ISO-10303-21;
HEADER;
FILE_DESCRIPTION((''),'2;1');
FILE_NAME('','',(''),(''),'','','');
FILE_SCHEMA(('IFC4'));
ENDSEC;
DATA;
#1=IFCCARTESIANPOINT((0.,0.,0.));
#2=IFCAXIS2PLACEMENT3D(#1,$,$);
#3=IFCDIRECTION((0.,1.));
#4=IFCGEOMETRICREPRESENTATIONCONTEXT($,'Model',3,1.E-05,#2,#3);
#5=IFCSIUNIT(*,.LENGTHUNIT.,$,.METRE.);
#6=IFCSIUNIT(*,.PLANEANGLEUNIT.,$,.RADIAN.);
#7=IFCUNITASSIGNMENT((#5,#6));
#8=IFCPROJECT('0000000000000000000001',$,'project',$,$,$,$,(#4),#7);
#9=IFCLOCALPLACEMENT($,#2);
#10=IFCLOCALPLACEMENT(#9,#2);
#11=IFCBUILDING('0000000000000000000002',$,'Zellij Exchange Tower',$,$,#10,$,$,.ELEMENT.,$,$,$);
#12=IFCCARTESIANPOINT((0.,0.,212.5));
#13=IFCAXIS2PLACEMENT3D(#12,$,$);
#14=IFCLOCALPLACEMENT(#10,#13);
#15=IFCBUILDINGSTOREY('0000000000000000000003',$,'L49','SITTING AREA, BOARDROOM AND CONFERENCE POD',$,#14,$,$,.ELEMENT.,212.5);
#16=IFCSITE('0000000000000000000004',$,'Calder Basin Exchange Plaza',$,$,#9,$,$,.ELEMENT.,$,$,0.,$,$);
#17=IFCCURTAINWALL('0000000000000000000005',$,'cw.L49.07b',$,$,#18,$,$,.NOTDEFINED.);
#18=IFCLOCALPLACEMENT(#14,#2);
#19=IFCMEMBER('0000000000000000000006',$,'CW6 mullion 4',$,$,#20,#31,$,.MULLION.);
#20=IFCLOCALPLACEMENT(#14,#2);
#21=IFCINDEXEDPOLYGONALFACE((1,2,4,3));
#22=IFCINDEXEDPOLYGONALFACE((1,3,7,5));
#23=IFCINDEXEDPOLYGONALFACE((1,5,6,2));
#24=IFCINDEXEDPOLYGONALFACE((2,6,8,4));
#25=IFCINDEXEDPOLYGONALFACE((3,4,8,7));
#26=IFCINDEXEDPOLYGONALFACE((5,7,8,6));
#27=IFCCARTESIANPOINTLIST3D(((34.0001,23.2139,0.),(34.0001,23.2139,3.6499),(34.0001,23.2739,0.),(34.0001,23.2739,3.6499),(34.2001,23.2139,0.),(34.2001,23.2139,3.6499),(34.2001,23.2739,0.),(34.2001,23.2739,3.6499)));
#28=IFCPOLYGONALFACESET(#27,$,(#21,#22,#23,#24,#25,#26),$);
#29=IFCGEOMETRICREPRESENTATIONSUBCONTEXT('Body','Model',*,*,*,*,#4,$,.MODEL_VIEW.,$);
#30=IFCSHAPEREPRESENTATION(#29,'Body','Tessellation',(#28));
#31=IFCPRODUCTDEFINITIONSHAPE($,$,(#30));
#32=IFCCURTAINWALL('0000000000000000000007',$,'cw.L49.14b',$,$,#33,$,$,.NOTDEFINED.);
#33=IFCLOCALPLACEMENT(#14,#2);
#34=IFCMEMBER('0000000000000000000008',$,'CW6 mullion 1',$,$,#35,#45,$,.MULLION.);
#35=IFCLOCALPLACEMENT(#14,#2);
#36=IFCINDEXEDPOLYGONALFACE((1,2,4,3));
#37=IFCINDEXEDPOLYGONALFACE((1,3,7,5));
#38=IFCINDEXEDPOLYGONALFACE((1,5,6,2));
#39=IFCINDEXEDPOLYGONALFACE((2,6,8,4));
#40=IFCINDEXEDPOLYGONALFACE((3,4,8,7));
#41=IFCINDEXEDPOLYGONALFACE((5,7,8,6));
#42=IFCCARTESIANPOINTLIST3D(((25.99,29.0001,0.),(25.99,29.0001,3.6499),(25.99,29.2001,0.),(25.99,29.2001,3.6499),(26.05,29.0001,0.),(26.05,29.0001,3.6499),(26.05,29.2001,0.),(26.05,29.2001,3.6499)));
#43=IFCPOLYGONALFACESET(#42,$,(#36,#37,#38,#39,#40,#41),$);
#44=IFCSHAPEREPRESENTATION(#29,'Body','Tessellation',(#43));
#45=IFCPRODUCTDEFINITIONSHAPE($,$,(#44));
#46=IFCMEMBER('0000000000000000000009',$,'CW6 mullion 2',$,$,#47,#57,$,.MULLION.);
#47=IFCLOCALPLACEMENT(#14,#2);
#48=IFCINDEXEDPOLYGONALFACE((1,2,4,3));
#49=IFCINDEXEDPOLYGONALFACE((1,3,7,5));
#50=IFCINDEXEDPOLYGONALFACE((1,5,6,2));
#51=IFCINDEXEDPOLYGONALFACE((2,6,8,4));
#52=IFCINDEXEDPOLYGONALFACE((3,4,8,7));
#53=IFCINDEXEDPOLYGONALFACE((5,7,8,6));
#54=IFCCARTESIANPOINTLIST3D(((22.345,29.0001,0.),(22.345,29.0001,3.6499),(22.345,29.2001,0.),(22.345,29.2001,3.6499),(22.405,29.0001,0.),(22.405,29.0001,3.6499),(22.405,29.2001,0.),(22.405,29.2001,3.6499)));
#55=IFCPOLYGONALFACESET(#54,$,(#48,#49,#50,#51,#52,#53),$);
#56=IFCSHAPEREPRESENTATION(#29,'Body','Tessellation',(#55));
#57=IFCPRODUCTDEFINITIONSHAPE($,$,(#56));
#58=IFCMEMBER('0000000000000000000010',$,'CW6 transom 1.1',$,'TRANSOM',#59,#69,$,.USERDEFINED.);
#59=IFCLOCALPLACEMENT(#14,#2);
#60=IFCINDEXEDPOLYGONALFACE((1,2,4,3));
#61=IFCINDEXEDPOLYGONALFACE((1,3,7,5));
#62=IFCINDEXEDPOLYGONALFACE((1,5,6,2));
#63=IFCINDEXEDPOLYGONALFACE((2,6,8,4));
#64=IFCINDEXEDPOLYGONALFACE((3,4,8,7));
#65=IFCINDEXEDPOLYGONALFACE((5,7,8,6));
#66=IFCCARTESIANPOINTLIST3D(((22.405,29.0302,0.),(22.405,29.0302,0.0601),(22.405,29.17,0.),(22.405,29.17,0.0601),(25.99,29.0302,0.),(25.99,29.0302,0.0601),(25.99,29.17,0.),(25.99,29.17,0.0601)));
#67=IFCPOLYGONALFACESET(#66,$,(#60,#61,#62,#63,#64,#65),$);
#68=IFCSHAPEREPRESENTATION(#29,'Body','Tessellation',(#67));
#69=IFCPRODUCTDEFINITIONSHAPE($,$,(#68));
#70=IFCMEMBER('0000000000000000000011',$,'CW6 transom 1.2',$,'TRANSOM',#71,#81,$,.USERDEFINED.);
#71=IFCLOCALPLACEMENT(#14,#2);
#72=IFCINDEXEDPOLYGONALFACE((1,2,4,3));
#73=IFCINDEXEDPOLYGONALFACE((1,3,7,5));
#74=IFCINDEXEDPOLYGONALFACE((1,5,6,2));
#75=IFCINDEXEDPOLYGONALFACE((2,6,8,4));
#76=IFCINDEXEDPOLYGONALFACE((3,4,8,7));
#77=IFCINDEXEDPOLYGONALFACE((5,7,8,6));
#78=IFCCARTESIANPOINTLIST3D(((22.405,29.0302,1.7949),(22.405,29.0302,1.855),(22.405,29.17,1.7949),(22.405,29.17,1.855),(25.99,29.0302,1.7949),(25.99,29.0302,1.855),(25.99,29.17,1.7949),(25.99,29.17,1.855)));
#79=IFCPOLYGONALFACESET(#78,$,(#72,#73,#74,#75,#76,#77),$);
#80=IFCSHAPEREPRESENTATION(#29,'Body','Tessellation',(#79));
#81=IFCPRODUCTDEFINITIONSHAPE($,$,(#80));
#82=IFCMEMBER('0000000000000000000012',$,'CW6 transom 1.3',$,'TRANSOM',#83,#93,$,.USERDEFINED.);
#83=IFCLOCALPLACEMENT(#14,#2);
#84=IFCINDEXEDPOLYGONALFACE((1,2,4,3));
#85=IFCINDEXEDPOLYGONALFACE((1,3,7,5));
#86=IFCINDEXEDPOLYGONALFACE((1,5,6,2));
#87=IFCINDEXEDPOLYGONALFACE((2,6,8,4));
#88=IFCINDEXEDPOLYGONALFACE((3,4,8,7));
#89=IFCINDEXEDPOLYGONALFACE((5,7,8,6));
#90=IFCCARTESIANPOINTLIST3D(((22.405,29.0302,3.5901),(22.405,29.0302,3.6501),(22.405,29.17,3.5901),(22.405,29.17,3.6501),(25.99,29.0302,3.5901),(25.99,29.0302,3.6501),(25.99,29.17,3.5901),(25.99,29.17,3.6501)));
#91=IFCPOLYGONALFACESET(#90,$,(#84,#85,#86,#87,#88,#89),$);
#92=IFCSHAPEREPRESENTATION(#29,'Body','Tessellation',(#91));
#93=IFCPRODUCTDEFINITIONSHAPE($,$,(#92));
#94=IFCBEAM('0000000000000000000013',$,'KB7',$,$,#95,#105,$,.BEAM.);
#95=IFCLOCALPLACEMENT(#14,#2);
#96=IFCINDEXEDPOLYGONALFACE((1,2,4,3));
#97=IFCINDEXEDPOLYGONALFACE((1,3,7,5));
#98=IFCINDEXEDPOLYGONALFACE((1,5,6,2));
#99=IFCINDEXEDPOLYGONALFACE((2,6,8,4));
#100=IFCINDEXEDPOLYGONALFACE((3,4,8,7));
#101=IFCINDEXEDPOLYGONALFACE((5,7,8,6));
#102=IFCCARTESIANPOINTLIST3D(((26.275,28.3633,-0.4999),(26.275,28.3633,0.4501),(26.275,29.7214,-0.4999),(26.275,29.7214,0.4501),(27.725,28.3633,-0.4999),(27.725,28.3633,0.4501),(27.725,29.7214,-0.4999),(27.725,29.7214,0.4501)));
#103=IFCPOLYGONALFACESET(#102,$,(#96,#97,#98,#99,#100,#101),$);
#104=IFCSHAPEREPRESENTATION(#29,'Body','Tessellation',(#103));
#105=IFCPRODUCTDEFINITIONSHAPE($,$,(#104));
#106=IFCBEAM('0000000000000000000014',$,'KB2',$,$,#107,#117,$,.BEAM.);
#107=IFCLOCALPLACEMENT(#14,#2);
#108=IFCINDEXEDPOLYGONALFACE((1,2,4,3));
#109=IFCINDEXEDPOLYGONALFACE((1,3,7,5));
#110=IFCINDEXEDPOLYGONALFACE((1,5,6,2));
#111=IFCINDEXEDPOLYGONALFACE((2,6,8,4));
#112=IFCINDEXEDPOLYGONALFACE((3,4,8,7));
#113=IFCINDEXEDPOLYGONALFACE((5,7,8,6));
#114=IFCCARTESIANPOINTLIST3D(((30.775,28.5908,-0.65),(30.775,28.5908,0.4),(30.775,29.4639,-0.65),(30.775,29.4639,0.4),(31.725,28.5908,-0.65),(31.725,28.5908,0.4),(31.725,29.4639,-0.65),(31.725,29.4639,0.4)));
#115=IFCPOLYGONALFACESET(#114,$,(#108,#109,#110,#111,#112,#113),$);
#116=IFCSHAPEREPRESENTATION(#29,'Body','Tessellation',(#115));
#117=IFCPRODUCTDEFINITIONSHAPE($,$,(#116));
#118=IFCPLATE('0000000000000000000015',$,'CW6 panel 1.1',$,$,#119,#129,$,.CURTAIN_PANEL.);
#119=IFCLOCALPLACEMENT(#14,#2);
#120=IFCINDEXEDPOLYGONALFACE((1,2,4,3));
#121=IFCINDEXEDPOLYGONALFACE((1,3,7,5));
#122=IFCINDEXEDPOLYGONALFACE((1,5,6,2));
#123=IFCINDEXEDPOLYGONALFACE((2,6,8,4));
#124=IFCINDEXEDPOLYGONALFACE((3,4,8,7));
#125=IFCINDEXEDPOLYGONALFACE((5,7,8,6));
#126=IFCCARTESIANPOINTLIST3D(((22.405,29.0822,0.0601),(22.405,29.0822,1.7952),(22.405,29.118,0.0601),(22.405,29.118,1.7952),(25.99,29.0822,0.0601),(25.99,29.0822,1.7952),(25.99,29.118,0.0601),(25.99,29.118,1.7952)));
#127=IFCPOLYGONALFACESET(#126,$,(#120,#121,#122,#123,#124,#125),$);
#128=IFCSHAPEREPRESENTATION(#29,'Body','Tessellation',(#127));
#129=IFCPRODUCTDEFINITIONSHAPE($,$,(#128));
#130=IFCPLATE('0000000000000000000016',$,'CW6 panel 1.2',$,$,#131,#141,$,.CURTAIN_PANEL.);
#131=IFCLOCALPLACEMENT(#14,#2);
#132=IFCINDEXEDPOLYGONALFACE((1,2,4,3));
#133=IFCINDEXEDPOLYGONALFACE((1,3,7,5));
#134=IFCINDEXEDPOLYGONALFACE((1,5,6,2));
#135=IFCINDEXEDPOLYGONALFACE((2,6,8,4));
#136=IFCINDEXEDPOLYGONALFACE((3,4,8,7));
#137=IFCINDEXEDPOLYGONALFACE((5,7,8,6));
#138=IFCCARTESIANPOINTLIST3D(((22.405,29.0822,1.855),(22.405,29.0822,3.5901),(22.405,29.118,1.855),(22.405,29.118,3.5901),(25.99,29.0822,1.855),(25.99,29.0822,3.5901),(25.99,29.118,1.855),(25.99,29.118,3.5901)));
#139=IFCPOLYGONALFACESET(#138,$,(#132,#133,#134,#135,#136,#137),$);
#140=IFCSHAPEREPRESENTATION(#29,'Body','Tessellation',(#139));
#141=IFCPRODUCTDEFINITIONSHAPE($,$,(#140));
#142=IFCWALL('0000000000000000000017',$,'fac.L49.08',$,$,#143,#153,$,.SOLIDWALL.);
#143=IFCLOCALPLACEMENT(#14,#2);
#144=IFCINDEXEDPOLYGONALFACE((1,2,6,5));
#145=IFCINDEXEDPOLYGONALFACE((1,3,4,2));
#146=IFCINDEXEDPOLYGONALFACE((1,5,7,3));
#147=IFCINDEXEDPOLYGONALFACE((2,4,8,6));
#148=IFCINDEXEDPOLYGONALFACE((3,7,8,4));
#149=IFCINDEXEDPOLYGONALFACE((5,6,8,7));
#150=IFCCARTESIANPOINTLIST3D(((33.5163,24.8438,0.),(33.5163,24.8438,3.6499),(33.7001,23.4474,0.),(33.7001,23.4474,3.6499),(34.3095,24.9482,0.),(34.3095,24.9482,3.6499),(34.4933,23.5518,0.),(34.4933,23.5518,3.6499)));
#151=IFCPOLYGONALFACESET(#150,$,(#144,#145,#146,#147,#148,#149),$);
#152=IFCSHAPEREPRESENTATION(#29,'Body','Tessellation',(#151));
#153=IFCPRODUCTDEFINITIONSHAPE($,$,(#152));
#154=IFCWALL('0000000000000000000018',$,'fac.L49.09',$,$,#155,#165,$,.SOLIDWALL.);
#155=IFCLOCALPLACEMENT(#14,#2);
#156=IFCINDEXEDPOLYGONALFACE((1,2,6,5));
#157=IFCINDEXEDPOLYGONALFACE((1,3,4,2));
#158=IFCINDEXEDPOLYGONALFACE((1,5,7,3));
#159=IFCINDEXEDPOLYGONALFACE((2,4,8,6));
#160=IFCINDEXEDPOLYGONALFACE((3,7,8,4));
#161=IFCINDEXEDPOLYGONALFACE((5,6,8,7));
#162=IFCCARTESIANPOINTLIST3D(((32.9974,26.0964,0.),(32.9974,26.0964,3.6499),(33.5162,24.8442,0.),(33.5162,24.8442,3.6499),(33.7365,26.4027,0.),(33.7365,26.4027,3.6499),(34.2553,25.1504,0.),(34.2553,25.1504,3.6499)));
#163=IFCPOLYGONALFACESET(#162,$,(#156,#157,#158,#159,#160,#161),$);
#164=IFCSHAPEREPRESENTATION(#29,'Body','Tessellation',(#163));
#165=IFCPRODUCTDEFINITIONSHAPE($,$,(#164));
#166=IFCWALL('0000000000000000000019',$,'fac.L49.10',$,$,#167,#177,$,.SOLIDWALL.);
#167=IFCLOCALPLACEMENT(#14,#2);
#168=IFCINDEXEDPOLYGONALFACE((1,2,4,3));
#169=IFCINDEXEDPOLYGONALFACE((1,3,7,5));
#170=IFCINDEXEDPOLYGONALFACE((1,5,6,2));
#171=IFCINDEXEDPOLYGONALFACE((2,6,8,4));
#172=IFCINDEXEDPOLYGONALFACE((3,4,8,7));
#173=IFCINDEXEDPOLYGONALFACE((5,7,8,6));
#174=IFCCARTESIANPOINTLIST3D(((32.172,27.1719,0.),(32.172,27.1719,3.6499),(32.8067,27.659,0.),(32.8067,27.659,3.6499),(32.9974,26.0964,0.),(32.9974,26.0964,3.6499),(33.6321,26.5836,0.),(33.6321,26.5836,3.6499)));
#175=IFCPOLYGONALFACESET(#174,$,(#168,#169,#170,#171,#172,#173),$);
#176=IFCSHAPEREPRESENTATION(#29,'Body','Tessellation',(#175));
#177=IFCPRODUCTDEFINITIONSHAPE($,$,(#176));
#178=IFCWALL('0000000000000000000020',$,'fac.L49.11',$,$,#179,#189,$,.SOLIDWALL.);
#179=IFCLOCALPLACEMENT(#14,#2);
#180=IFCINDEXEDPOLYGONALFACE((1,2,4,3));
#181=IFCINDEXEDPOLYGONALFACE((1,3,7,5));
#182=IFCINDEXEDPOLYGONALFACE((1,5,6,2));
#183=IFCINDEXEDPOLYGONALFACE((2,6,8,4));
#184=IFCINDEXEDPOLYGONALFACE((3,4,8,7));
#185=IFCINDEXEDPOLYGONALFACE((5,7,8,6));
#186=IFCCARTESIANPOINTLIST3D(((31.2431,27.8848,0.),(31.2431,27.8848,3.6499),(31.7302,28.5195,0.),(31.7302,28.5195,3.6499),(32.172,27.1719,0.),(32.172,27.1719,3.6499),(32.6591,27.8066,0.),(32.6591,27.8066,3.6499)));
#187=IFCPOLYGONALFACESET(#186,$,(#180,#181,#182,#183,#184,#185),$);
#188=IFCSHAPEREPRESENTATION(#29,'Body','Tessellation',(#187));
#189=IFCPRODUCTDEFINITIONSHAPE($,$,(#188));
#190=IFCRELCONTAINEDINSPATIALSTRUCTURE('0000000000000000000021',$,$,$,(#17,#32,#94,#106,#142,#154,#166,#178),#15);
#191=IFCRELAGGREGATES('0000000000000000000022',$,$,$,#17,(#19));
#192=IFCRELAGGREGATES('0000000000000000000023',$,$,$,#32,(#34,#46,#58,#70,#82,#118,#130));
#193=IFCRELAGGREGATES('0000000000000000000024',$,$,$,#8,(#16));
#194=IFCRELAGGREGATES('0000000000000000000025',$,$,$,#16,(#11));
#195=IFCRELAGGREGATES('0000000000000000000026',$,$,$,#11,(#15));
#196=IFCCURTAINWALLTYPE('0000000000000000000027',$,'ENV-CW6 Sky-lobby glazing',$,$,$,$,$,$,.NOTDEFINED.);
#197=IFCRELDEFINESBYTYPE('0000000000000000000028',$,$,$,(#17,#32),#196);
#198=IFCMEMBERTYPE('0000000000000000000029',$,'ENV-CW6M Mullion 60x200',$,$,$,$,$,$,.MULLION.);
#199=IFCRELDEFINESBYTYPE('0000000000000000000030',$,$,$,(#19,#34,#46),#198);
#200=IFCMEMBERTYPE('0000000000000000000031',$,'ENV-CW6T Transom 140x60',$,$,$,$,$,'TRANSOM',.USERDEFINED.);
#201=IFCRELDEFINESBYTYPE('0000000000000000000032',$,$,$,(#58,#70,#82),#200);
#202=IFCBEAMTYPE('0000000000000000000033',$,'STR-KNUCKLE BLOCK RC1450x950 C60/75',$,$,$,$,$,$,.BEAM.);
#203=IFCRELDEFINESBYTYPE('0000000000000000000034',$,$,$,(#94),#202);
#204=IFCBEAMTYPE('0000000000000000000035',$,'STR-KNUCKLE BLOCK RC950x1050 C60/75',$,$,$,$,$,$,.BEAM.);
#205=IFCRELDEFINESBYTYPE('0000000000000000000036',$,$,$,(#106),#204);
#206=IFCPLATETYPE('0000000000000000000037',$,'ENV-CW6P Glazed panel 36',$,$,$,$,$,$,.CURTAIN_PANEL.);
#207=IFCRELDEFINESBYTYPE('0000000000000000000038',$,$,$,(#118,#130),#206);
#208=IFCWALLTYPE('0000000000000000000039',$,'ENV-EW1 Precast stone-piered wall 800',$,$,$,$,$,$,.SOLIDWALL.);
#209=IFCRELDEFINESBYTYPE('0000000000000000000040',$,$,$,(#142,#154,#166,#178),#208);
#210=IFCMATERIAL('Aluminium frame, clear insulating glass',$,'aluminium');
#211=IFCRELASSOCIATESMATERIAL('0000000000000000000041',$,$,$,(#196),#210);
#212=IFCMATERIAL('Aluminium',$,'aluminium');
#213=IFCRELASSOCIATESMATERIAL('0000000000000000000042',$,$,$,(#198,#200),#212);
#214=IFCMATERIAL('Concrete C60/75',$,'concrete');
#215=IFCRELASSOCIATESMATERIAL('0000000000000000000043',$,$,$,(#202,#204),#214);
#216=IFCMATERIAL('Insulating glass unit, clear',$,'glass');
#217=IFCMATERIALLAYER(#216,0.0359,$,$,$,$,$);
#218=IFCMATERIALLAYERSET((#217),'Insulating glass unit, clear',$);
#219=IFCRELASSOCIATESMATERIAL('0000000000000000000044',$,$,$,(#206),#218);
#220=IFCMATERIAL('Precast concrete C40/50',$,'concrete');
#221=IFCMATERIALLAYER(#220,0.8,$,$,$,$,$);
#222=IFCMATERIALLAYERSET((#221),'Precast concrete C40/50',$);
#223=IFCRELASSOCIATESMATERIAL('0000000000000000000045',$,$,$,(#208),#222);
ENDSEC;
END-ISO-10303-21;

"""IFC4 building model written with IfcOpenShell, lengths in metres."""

from ifc_helpers import new_model, si_unit, direction, frame, frame_2d, origin, origin_2d, place, context, subcontext, project, spatial, rectangle, extrude, material, layer, layer_set, material_profile, profile_set, type_object, element, aggregate, save


model = new_model("IFC4")

# Units and contexts
model_context = context("Model", 3, precision=1e-05, world=origin(), true_north=direction((0.0, 1.0)))
body_context = subcontext(model_context, "Body", "Model", "MODEL_VIEW")
ifc_project = project(units=[si_unit("LENGTHUNIT", "METRE"), si_unit("PLANEANGLEUNIT", "RADIAN")], contexts=[model_context])

# Site, building, storey
site_placement = place(None, origin())
site = spatial("IfcSite", under=ifc_project, at=site_placement, Name="Calder Basin Exchange Plaza", CompositionType="ELEMENT", RefElevation=0.0)
building_placement = place(site_placement, origin())
building = spatial("IfcBuilding", under=site, at=building_placement, Name="Zellij Exchange Tower", CompositionType="ELEMENT")
storey_placement = place(building_placement, frame((0.0, 0.0, 212.5)))
storey = spatial("IfcBuildingStorey", under=building, at=storey_placement, Name="L49", Description="SITTING AREA, BOARDROOM AND CONFERENCE POD", CompositionType="ELEMENT", Elevation=212.5)

# Shared definitions
ifc_material_1 = material(Name="Concrete C60/75", Category="concrete")

# Curtain wall, member
ifc_material_2 = material(Name="Aluminium frame, clear insulating glass", Category="aluminium")
curtain_wall_type = type_object("IfcCurtainWallType", Name="ENV-CW6 Sky-lobby glazing", PredefinedType="NOTDEFINED", material=ifc_material_2)
curtain_wall_1_placement = place(storey_placement, origin())
curtain_wall_1 = element("IfcCurtainWall", 1, at=curtain_wall_1_placement, inside=storey, type_object=curtain_wall_type, Name="cw.L49.07b", PredefinedType="NOTDEFINED")
ifc_material_3 = material(Name="Aluminium", Category="aluminium")
ifc_material_profile_1 = material_profile(ifc_material_3, rectangle(XDim=0.0601, YDim=0.2, at=origin_2d()), Name="AL 60x200")
ifc_profile_set_1 = profile_set([ifc_material_profile_1], Name="Aluminium")
member_type_1 = type_object("IfcMemberType", Name="ENV-CW6M Mullion 60x200", PredefinedType="MULLION", material=ifc_profile_set_1)
member_1_placement = place(storey_placement, frame((34.1001, 23.2439, 0.0), z_axis=(0.0, 0.0, 1.0), x_axis=(0.0, 1.0, 0.0)))
member_1 = element("IfcMember", 2, at=member_1_placement, type_object=member_type_1, Name="CW6 mullion 4", PredefinedType="MULLION", context=body_context, shape_type="SweptSolid", body=[
    extrude(rectangle(XDim=0.0601, YDim=0.2, at=origin_2d()), origin(), (0.0, 0.0, 1.0), 3.6499),
])
aggregate(curtain_wall_1, [member_1])

# Curtain wall, members
curtain_wall_2_placement = place(storey_placement, origin())
curtain_wall_2 = element("IfcCurtainWall", 3, at=curtain_wall_2_placement, inside=storey, type_object=curtain_wall_type, Name="cw.L49.14b", PredefinedType="NOTDEFINED")
member_2_placement = place(storey_placement, frame((26.02, 29.1001, 0.0), z_axis=(0.0, 0.0, 1.0), x_axis=(-1.0, 0.0, 0.0)))
member_2 = element("IfcMember", 4, at=member_2_placement, type_object=member_type_1, Name="CW6 mullion 1", PredefinedType="MULLION", context=body_context, shape_type="SweptSolid", body=[
    extrude(rectangle(XDim=0.0601, YDim=0.2, at=origin_2d()), origin(), (0.0, 0.0, 1.0), 3.6499),
])
member_3_placement = place(storey_placement, frame((22.375, 29.1001, 0.0), z_axis=(0.0, 0.0, 1.0), x_axis=(-1.0, 0.0, 0.0)))
member_3 = element("IfcMember", 5, at=member_3_placement, type_object=member_type_1, Name="CW6 mullion 2", PredefinedType="MULLION", context=body_context, shape_type="SweptSolid", body=[
    extrude(rectangle(XDim=0.0601, YDim=0.2, at=origin_2d()), origin(), (0.0, 0.0, 1.0), 3.6499),
])
ifc_material_profile_2 = material_profile(ifc_material_3, rectangle(XDim=0.1399, YDim=0.0601, at=origin_2d()), Name="AL 140x60")
ifc_profile_set_2 = profile_set([ifc_material_profile_2], Name="Aluminium")
member_type_2 = type_object("IfcMemberType", Name="ENV-CW6T Transom 140x60", ElementType="TRANSOM", PredefinedType="USERDEFINED", material=ifc_profile_set_2)
member_4_placement = place(storey_placement, frame((25.99, 29.1001, 0.03), z_axis=(-1.0, 0.0, 0.0), x_axis=(0.0, -1.0, 0.0)))
member_4 = element("IfcMember", 6, at=member_4_placement, type_object=member_type_2, Name="CW6 transom 1.1", ObjectType="TRANSOM", PredefinedType="USERDEFINED", context=body_context, shape_type="SweptSolid", body=[
    extrude(rectangle(XDim=0.1399, YDim=0.0601, at=origin_2d()), origin(), (0.0, 0.0, 1.0), 3.585),
])
member_5_placement = place(storey_placement, frame((25.99, 29.1001, 1.825), z_axis=(-1.0, 0.0, 0.0), x_axis=(0.0, -1.0, 0.0)))
member_5 = element("IfcMember", 7, at=member_5_placement, type_object=member_type_2, Name="CW6 transom 1.2", ObjectType="TRANSOM", PredefinedType="USERDEFINED", context=body_context, shape_type="SweptSolid", body=[
    extrude(rectangle(XDim=0.1399, YDim=0.0601, at=origin_2d()), origin(), (0.0, 0.0, 1.0), 3.585),
])
member_6_placement = place(storey_placement, frame((25.99, 29.1001, 3.6201), z_axis=(-1.0, 0.0, 0.0), x_axis=(0.0, -1.0, 0.0)))
member_6 = element("IfcMember", 8, at=member_6_placement, type_object=member_type_2, Name="CW6 transom 1.3", ObjectType="TRANSOM", PredefinedType="USERDEFINED", context=body_context, shape_type="SweptSolid", body=[
    extrude(rectangle(XDim=0.1399, YDim=0.0601, at=origin_2d()), origin(), (0.0, 0.0, 1.0), 3.585),
])

# Beams
ifc_material_profile_3 = material_profile(ifc_material_1, rectangle(XDim=1.45, YDim=0.95, at=origin_2d()), Name="STR-KNUCKLE BLOCK RC1450x950 C60/75")
ifc_profile_set_3 = profile_set([ifc_material_profile_3], Name="Concrete C60/75")
beam_type_1 = type_object("IfcBeamType", Name="STR-KNUCKLE BLOCK RC1450x950 C60/75", PredefinedType="BEAM", material=ifc_profile_set_3)
beam_1_placement = place(storey_placement, frame((27.0, 28.3633, -0.0249), z_axis=(0.0, 1.0, 0.0), x_axis=(-1.0, 0.0, 0.0)))
element("IfcBeam", 9, at=beam_1_placement, inside=storey, type_object=beam_type_1, Name="KB7", PredefinedType="BEAM", context=body_context, shape_type="SweptSolid", body=[
    extrude(rectangle(XDim=1.45, YDim=0.95, at=origin_2d()), origin(), (0.0, 0.0, 1.0), 1.3582),
])
ifc_material_profile_4 = material_profile(ifc_material_1, rectangle(XDim=0.95, YDim=1.05, at=origin_2d()), Name="STR-KNUCKLE BLOCK RC950x1050 C60/75")
ifc_profile_set_4 = profile_set([ifc_material_profile_4], Name="Concrete C60/75")
beam_type_2 = type_object("IfcBeamType", Name="STR-KNUCKLE BLOCK RC950x1050 C60/75", PredefinedType="BEAM", material=ifc_profile_set_4)
beam_2_placement = place(storey_placement, frame((31.25, 28.5908, -0.125), z_axis=(0.0, 1.0, 0.0), x_axis=(-1.0, 0.0, 0.0)))
element("IfcBeam", 10, at=beam_2_placement, inside=storey, type_object=beam_type_2, Name="KB2", PredefinedType="BEAM", context=body_context, shape_type="SweptSolid", body=[
    extrude(rectangle(XDim=0.95, YDim=1.05, at=origin_2d()), origin(), (0.0, 0.0, 1.0), 0.873),
])

# Plates
ifc_material_4 = material(Name="Insulating glass unit, clear", Category="glass")
ifc_layer_1 = layer(ifc_material_4, 0.0359)
ifc_layer_set_1 = layer_set([ifc_layer_1], Name="Insulating glass unit, clear")
plate_type = type_object("IfcPlateType", Name="ENV-CW6P Glazed panel 36", PredefinedType="CURTAIN_PANEL", material=ifc_layer_set_1)
plate_1_placement = place(storey_placement, frame((24.1975, 29.1001, 0.0601), z_axis=(0.0, 0.0, 1.0), x_axis=(-1.0, 0.0, 0.0)))
plate_1 = element("IfcPlate", 11, at=plate_1_placement, type_object=plate_type, Name="CW6 panel 1.1", PredefinedType="CURTAIN_PANEL", context=body_context, shape_type="SweptSolid", body=[
    extrude(rectangle(XDim=3.585, YDim=0.0359, at=origin_2d()), origin(), (0.0, 0.0, 1.0), 1.7351),
])
plate_2_placement = place(storey_placement, frame((24.1975, 29.1001, 1.855), z_axis=(0.0, 0.0, 1.0), x_axis=(-1.0, 0.0, 0.0)))
plate_2 = element("IfcPlate", 12, at=plate_2_placement, type_object=plate_type, Name="CW6 panel 1.2", PredefinedType="CURTAIN_PANEL", context=body_context, shape_type="SweptSolid", body=[
    extrude(rectangle(XDim=3.585, YDim=0.0359, at=origin_2d()), origin(), (0.0, 0.0, 1.0), 1.7351),
])
aggregate(curtain_wall_2, [member_2, member_3, member_4, member_5, member_6, plate_1, plate_2])

# Walls
ifc_material_5 = material(Name="Precast concrete C40/50", Category="concrete")
ifc_layer_2 = layer(ifc_material_5, 0.8)
ifc_layer_set_2 = layer_set([ifc_layer_2], Name="Precast concrete C40/50")
wall_type_1 = type_object("IfcWallType", Name="ENV-EW1 Precast stone-piered wall 800", PredefinedType="SOLIDWALL", material=ifc_layer_set_2)
wall_1_placement = place(storey_placement, frame((34.0967, 23.4998, 0.0), z_axis=(0.0, 0.0, 1.0), x_axis=(-0.130517, 0.991446, 0.0)))
element("IfcWall", 13, at=wall_1_placement, inside=storey, type_object=wall_type_1, Name="fac.L49.08", PredefinedType="SOLIDWALL", context=body_context, shape_type="SweptSolid", body=[
    extrude(rectangle(XDim=1.4084, YDim=0.8, at=frame_2d((0.7041, 0.0))), origin(), (0.0, 0.0, 1.0), 3.6499),
])
wall_2_placement = place(storey_placement, frame((33.8857, 24.9973, 0.0), z_axis=(0.0, 0.0, 1.0), x_axis=(-0.38276, 0.923848, 0.0)))
element("IfcWall", 14, at=wall_2_placement, inside=storey, type_object=wall_type_1, Name="fac.L49.09", PredefinedType="SOLIDWALL", context=body_context, shape_type="SweptSolid", body=[
    extrude(rectangle(XDim=1.3555, YDim=0.8, at=frame_2d((0.6777, 0.0))), origin(), (0.0, 0.0, 1.0), 3.6499),
])
wall_3_placement = place(storey_placement, frame((33.3147, 26.3401, 0.0), z_axis=(0.0, 0.0, 1.0), x_axis=(-0.608866, 0.793273, 0.0)))
element("IfcWall", 15, at=wall_3_placement, inside=storey, type_object=wall_type_1, Name="fac.L49.10", PredefinedType="SOLIDWALL", context=body_context, shape_type="SweptSolid", body=[
    extrude(rectangle(XDim=1.3557, YDim=0.8, at=frame_2d((0.6777, 0.0))), origin(), (0.0, 0.0, 1.0), 3.6499),
])
wall_4_placement = place(storey_placement, frame((32.4155, 27.4893, 0.0), z_axis=(0.0, 0.0, 1.0), x_axis=(-0.793321, 0.608804, 0.0)))
element("IfcWall", 16, at=wall_4_placement, inside=storey, type_object=wall_type_1, Name="fac.L49.11", PredefinedType="SOLIDWALL", context=body_context, shape_type="SweptSolid", body=[
    extrude(rectangle(XDim=1.1709, YDim=0.8, at=frame_2d((0.5854, 0.0))), origin(), (0.0, 0.0, 1.0), 3.6499),
])

save(model, "model.ifc")
